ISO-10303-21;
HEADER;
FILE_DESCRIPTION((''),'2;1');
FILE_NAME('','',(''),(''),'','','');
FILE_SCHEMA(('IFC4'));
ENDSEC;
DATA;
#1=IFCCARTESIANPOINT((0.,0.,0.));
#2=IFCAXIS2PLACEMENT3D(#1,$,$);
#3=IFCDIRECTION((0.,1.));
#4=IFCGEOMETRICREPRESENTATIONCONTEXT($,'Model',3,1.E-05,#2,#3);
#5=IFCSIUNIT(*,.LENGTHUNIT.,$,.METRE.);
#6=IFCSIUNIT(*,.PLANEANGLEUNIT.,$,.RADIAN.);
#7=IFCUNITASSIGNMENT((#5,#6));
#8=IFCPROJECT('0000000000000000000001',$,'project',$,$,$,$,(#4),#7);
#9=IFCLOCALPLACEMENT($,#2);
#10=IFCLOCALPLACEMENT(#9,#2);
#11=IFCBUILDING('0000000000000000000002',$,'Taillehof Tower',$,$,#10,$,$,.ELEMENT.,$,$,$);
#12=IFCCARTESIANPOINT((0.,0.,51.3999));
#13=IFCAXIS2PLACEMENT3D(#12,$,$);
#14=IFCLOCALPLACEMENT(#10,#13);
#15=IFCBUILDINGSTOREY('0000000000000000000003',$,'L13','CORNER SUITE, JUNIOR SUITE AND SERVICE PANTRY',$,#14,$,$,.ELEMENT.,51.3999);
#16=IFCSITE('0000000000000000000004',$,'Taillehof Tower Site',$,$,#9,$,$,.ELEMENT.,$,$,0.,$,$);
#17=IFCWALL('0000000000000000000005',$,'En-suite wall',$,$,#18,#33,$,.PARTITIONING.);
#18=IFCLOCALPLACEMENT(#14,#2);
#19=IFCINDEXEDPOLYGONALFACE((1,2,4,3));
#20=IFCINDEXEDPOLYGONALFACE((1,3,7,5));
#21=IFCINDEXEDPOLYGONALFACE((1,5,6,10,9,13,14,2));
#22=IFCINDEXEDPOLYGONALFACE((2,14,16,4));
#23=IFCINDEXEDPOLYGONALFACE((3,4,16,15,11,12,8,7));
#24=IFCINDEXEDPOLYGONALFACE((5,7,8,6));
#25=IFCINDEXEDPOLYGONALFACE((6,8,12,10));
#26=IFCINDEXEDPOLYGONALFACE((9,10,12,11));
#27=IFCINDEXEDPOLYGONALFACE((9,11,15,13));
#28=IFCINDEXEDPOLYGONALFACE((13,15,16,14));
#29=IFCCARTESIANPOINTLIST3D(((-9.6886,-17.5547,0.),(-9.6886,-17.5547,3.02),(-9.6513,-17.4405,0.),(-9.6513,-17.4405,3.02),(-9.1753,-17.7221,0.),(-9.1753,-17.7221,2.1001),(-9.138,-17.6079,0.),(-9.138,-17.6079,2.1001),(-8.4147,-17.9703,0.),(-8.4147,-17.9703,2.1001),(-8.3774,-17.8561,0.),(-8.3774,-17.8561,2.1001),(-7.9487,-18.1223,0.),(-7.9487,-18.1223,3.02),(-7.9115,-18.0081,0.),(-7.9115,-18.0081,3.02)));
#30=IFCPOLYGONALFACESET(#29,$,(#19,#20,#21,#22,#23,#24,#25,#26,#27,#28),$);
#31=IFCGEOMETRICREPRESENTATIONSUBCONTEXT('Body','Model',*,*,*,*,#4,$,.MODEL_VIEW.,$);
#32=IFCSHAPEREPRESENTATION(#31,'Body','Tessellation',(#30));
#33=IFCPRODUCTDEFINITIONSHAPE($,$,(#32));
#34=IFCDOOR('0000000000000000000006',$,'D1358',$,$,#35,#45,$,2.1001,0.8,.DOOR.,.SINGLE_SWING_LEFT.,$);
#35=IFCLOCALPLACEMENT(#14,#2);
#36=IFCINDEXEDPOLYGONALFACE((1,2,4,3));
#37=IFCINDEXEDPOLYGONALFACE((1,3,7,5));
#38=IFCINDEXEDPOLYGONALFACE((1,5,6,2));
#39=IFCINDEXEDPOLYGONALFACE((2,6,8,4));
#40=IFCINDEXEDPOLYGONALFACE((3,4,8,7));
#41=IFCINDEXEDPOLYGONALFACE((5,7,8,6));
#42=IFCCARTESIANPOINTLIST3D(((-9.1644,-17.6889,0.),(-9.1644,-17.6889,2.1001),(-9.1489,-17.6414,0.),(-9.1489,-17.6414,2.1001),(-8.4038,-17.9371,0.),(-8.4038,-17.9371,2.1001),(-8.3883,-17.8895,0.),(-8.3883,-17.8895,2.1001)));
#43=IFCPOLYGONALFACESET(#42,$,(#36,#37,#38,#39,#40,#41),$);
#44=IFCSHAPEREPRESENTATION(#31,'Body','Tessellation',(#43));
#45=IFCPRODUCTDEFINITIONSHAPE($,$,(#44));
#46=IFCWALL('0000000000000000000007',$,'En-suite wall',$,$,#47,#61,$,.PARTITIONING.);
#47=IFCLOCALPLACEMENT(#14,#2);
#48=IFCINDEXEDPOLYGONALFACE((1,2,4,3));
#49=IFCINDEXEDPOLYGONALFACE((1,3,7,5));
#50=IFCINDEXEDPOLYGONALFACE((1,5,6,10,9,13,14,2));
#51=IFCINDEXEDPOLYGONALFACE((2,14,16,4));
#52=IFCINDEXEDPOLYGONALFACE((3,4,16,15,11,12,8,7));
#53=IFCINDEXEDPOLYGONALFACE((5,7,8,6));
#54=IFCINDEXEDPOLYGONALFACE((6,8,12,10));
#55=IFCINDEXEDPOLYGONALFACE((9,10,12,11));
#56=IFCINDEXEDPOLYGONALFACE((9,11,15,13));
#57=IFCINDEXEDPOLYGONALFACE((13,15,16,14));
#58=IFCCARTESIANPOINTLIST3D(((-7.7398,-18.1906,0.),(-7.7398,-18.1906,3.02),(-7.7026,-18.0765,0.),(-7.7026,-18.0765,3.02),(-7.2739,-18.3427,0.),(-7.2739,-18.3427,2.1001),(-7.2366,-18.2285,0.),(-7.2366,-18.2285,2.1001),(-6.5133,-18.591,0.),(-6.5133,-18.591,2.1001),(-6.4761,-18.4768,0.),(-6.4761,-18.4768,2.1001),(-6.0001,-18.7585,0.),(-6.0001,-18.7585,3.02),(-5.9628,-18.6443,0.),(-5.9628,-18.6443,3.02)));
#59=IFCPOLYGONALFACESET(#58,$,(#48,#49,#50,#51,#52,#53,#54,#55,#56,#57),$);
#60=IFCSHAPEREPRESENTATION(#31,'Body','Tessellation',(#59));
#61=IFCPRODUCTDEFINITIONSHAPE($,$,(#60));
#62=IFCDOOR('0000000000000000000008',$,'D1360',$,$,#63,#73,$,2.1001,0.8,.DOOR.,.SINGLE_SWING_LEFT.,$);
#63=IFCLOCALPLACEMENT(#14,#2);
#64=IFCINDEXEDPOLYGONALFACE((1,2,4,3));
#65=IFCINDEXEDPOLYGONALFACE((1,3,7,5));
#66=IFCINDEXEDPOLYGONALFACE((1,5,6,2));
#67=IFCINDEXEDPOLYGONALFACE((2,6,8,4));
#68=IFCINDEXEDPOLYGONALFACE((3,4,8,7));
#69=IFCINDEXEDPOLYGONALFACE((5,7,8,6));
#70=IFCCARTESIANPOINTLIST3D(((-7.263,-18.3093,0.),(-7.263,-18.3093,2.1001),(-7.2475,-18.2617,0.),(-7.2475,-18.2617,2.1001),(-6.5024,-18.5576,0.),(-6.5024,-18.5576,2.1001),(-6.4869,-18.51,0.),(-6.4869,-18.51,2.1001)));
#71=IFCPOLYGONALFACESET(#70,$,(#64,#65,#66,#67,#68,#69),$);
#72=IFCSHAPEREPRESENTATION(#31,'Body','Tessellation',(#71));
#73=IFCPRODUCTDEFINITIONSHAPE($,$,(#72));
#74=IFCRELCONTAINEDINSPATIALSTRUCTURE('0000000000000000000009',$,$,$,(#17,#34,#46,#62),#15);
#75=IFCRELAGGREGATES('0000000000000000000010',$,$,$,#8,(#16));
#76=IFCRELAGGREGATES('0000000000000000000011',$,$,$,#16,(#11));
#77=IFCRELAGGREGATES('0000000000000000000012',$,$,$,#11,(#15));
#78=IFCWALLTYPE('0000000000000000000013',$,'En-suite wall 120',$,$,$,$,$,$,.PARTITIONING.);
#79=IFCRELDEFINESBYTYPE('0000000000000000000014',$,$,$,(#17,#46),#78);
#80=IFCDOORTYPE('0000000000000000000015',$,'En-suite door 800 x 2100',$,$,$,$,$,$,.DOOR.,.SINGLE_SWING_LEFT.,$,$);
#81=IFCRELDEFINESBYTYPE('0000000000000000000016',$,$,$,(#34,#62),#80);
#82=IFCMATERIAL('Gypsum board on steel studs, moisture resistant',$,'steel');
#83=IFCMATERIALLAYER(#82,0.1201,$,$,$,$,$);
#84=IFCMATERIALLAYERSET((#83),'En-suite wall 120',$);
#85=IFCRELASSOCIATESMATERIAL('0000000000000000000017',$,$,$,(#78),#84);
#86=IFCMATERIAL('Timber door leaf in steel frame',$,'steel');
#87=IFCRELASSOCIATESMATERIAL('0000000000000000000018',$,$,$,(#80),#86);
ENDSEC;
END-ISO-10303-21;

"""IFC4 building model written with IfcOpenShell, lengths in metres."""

from ifc_helpers import new_model, si_unit, direction, frame, frame_2d, origin, place, context, subcontext, project, spatial, rectangle, extrude, material, layer, layer_set, type_object, element, fill, save


model = new_model("IFC4")

# Units and contexts
model_context = context("Model", 3, precision=1e-05, world=origin(), true_north=direction((0.0, 1.0)))
body_context = subcontext(model_context, "Body", "Model", "MODEL_VIEW")
ifc_project = project(units=[si_unit("LENGTHUNIT", "METRE"), si_unit("PLANEANGLEUNIT", "RADIAN")], contexts=[model_context])

# Site, building, storey
site_placement = place(None, origin())
site = spatial("IfcSite", under=ifc_project, at=site_placement, Name="Taillehof Tower Site", CompositionType="ELEMENT", RefElevation=0.0)
building_placement = place(site_placement, origin())
building = spatial("IfcBuilding", under=site, at=building_placement, Name="Taillehof Tower", CompositionType="ELEMENT")
storey_placement = place(building_placement, frame((0.0, 0.0, 51.3999)))
storey = spatial("IfcBuildingStorey", under=building, at=storey_placement, Name="L13", Description="CORNER SUITE, JUNIOR SUITE AND SERVICE PANTRY", CompositionType="ELEMENT", Elevation=51.3999)

# Shared definitions
ifc_material_1 = material(Name="Gypsum board on steel studs, moisture resistant", Category="steel")
ifc_layer_1 = layer(ifc_material_1, 0.1201)
ifc_layer_set_1 = layer_set([ifc_layer_1], Name="En-suite wall 120")
wall_type_1 = type_object("IfcWallType", Name="En-suite wall 120", PredefinedType="PARTITIONING", material=ifc_layer_set_1)

# Walls, openings, doors
wall_1_placement = place(storey_placement, frame((-9.6699, -17.4976, 0.0), z_axis=(0.0, 0.0, 1.0), x_axis=(0.950679, -0.310178, 0.0)))
wall_1 = element("IfcWall", 1, at=wall_1_placement, inside=storey, type_object=wall_type_1, Name="En-suite wall", PredefinedType="PARTITIONING", context=body_context, shape_type="SweptSolid", body=[
    extrude(rectangle(XDim=1.8301, YDim=0.1201, at=frame_2d((0.915, 0.0))), origin(), (0.0, 0.0, 1.0), 3.02),
])
opening_1_placement = place(wall_1_placement, frame((0.54, 0.0, 0.0)))
opening_1 = element("IfcOpeningElement", 2, at=opening_1_placement, cuts=wall_1, PredefinedType="OPENING", context=body_context, shape_type="SweptSolid", body=[
    extrude(rectangle(XDim=0.8, YDim=2.1001, at=frame_2d((0.3999, 1.05))), frame((0.0, 0.0701, 0.0), z_axis=(0.0, -1.0, 0.0), x_axis=(1.0, 0.0, 0.0)), (0.0, 0.0, 1.0), 0.1401),
])
ifc_material_2 = material(Name="Timber door leaf in steel frame", Category="steel")
door_type_1 = type_object("IfcDoorType", Name="En-suite door 800 x 2100", OperationType="SINGLE_SWING_LEFT", PredefinedType="DOOR", material=ifc_material_2)
door_1_placement = place(opening_1_placement, origin())
door_1 = element("IfcDoor", 3, at=door_1_placement, inside=storey, type_object=door_type_1, Name="D1358", OperationType="SINGLE_SWING_LEFT", OverallHeight=2.1001, OverallWidth=0.8, PredefinedType="DOOR", context=body_context, shape_type="SweptSolid", body=[
    extrude(rectangle(XDim=0.8, YDim=2.1001, at=frame_2d((0.3999, 1.05))), frame((0.0, 0.0249, 0.0), z_axis=(0.0, -1.0, 0.0), x_axis=(1.0, 0.0, 0.0)), (0.0, 0.0, 1.0), 0.05),
])
fill(opening_1, door_1)
wall_2_placement = place(storey_placement, frame((-5.9814, -18.7014, 0.0), z_axis=(0.0, 0.0, 1.0), x_axis=(-0.950639, 0.310298, 0.0)))
wall_2 = element("IfcWall", 4, at=wall_2_placement, inside=storey, type_object=wall_type_1, Name="En-suite wall", PredefinedType="PARTITIONING", context=body_context, shape_type="SweptSolid", body=[
    extrude(rectangle(XDim=1.8301, YDim=0.1201, at=frame_2d((0.915, 0.0))), origin(), (0.0, 0.0, 1.0), 3.02),
])
opening_2_placement = place(wall_2_placement, frame((0.54, 0.0, 0.0)))
opening_2 = element("IfcOpeningElement", 5, at=opening_2_placement, cuts=wall_2, PredefinedType="OPENING", context=body_context, shape_type="SweptSolid", body=[
    extrude(rectangle(XDim=0.8, YDim=2.1001, at=frame_2d((0.3999, 1.05))), frame((0.0, 0.0701, 0.0), z_axis=(0.0, -1.0, 0.0), x_axis=(1.0, 0.0, 0.0)), (0.0, 0.0, 1.0), 0.1401),
])
door_2_placement = place(opening_2_placement, origin())
door_2 = element("IfcDoor", 6, at=door_2_placement, inside=storey, type_object=door_type_1, Name="D1360", OperationType="SINGLE_SWING_LEFT", OverallHeight=2.1001, OverallWidth=0.8, PredefinedType="DOOR", context=body_context, shape_type="SweptSolid", body=[
    extrude(rectangle(XDim=0.8, YDim=2.1001, at=frame_2d((0.3999, 1.05))), frame((0.0, 0.0249, 0.0), z_axis=(0.0, -1.0, 0.0), x_axis=(1.0, 0.0, 0.0)), (0.0, 0.0, 1.0), 0.05),
])
fill(opening_2, door_2)

save(model, "model.ifc")
